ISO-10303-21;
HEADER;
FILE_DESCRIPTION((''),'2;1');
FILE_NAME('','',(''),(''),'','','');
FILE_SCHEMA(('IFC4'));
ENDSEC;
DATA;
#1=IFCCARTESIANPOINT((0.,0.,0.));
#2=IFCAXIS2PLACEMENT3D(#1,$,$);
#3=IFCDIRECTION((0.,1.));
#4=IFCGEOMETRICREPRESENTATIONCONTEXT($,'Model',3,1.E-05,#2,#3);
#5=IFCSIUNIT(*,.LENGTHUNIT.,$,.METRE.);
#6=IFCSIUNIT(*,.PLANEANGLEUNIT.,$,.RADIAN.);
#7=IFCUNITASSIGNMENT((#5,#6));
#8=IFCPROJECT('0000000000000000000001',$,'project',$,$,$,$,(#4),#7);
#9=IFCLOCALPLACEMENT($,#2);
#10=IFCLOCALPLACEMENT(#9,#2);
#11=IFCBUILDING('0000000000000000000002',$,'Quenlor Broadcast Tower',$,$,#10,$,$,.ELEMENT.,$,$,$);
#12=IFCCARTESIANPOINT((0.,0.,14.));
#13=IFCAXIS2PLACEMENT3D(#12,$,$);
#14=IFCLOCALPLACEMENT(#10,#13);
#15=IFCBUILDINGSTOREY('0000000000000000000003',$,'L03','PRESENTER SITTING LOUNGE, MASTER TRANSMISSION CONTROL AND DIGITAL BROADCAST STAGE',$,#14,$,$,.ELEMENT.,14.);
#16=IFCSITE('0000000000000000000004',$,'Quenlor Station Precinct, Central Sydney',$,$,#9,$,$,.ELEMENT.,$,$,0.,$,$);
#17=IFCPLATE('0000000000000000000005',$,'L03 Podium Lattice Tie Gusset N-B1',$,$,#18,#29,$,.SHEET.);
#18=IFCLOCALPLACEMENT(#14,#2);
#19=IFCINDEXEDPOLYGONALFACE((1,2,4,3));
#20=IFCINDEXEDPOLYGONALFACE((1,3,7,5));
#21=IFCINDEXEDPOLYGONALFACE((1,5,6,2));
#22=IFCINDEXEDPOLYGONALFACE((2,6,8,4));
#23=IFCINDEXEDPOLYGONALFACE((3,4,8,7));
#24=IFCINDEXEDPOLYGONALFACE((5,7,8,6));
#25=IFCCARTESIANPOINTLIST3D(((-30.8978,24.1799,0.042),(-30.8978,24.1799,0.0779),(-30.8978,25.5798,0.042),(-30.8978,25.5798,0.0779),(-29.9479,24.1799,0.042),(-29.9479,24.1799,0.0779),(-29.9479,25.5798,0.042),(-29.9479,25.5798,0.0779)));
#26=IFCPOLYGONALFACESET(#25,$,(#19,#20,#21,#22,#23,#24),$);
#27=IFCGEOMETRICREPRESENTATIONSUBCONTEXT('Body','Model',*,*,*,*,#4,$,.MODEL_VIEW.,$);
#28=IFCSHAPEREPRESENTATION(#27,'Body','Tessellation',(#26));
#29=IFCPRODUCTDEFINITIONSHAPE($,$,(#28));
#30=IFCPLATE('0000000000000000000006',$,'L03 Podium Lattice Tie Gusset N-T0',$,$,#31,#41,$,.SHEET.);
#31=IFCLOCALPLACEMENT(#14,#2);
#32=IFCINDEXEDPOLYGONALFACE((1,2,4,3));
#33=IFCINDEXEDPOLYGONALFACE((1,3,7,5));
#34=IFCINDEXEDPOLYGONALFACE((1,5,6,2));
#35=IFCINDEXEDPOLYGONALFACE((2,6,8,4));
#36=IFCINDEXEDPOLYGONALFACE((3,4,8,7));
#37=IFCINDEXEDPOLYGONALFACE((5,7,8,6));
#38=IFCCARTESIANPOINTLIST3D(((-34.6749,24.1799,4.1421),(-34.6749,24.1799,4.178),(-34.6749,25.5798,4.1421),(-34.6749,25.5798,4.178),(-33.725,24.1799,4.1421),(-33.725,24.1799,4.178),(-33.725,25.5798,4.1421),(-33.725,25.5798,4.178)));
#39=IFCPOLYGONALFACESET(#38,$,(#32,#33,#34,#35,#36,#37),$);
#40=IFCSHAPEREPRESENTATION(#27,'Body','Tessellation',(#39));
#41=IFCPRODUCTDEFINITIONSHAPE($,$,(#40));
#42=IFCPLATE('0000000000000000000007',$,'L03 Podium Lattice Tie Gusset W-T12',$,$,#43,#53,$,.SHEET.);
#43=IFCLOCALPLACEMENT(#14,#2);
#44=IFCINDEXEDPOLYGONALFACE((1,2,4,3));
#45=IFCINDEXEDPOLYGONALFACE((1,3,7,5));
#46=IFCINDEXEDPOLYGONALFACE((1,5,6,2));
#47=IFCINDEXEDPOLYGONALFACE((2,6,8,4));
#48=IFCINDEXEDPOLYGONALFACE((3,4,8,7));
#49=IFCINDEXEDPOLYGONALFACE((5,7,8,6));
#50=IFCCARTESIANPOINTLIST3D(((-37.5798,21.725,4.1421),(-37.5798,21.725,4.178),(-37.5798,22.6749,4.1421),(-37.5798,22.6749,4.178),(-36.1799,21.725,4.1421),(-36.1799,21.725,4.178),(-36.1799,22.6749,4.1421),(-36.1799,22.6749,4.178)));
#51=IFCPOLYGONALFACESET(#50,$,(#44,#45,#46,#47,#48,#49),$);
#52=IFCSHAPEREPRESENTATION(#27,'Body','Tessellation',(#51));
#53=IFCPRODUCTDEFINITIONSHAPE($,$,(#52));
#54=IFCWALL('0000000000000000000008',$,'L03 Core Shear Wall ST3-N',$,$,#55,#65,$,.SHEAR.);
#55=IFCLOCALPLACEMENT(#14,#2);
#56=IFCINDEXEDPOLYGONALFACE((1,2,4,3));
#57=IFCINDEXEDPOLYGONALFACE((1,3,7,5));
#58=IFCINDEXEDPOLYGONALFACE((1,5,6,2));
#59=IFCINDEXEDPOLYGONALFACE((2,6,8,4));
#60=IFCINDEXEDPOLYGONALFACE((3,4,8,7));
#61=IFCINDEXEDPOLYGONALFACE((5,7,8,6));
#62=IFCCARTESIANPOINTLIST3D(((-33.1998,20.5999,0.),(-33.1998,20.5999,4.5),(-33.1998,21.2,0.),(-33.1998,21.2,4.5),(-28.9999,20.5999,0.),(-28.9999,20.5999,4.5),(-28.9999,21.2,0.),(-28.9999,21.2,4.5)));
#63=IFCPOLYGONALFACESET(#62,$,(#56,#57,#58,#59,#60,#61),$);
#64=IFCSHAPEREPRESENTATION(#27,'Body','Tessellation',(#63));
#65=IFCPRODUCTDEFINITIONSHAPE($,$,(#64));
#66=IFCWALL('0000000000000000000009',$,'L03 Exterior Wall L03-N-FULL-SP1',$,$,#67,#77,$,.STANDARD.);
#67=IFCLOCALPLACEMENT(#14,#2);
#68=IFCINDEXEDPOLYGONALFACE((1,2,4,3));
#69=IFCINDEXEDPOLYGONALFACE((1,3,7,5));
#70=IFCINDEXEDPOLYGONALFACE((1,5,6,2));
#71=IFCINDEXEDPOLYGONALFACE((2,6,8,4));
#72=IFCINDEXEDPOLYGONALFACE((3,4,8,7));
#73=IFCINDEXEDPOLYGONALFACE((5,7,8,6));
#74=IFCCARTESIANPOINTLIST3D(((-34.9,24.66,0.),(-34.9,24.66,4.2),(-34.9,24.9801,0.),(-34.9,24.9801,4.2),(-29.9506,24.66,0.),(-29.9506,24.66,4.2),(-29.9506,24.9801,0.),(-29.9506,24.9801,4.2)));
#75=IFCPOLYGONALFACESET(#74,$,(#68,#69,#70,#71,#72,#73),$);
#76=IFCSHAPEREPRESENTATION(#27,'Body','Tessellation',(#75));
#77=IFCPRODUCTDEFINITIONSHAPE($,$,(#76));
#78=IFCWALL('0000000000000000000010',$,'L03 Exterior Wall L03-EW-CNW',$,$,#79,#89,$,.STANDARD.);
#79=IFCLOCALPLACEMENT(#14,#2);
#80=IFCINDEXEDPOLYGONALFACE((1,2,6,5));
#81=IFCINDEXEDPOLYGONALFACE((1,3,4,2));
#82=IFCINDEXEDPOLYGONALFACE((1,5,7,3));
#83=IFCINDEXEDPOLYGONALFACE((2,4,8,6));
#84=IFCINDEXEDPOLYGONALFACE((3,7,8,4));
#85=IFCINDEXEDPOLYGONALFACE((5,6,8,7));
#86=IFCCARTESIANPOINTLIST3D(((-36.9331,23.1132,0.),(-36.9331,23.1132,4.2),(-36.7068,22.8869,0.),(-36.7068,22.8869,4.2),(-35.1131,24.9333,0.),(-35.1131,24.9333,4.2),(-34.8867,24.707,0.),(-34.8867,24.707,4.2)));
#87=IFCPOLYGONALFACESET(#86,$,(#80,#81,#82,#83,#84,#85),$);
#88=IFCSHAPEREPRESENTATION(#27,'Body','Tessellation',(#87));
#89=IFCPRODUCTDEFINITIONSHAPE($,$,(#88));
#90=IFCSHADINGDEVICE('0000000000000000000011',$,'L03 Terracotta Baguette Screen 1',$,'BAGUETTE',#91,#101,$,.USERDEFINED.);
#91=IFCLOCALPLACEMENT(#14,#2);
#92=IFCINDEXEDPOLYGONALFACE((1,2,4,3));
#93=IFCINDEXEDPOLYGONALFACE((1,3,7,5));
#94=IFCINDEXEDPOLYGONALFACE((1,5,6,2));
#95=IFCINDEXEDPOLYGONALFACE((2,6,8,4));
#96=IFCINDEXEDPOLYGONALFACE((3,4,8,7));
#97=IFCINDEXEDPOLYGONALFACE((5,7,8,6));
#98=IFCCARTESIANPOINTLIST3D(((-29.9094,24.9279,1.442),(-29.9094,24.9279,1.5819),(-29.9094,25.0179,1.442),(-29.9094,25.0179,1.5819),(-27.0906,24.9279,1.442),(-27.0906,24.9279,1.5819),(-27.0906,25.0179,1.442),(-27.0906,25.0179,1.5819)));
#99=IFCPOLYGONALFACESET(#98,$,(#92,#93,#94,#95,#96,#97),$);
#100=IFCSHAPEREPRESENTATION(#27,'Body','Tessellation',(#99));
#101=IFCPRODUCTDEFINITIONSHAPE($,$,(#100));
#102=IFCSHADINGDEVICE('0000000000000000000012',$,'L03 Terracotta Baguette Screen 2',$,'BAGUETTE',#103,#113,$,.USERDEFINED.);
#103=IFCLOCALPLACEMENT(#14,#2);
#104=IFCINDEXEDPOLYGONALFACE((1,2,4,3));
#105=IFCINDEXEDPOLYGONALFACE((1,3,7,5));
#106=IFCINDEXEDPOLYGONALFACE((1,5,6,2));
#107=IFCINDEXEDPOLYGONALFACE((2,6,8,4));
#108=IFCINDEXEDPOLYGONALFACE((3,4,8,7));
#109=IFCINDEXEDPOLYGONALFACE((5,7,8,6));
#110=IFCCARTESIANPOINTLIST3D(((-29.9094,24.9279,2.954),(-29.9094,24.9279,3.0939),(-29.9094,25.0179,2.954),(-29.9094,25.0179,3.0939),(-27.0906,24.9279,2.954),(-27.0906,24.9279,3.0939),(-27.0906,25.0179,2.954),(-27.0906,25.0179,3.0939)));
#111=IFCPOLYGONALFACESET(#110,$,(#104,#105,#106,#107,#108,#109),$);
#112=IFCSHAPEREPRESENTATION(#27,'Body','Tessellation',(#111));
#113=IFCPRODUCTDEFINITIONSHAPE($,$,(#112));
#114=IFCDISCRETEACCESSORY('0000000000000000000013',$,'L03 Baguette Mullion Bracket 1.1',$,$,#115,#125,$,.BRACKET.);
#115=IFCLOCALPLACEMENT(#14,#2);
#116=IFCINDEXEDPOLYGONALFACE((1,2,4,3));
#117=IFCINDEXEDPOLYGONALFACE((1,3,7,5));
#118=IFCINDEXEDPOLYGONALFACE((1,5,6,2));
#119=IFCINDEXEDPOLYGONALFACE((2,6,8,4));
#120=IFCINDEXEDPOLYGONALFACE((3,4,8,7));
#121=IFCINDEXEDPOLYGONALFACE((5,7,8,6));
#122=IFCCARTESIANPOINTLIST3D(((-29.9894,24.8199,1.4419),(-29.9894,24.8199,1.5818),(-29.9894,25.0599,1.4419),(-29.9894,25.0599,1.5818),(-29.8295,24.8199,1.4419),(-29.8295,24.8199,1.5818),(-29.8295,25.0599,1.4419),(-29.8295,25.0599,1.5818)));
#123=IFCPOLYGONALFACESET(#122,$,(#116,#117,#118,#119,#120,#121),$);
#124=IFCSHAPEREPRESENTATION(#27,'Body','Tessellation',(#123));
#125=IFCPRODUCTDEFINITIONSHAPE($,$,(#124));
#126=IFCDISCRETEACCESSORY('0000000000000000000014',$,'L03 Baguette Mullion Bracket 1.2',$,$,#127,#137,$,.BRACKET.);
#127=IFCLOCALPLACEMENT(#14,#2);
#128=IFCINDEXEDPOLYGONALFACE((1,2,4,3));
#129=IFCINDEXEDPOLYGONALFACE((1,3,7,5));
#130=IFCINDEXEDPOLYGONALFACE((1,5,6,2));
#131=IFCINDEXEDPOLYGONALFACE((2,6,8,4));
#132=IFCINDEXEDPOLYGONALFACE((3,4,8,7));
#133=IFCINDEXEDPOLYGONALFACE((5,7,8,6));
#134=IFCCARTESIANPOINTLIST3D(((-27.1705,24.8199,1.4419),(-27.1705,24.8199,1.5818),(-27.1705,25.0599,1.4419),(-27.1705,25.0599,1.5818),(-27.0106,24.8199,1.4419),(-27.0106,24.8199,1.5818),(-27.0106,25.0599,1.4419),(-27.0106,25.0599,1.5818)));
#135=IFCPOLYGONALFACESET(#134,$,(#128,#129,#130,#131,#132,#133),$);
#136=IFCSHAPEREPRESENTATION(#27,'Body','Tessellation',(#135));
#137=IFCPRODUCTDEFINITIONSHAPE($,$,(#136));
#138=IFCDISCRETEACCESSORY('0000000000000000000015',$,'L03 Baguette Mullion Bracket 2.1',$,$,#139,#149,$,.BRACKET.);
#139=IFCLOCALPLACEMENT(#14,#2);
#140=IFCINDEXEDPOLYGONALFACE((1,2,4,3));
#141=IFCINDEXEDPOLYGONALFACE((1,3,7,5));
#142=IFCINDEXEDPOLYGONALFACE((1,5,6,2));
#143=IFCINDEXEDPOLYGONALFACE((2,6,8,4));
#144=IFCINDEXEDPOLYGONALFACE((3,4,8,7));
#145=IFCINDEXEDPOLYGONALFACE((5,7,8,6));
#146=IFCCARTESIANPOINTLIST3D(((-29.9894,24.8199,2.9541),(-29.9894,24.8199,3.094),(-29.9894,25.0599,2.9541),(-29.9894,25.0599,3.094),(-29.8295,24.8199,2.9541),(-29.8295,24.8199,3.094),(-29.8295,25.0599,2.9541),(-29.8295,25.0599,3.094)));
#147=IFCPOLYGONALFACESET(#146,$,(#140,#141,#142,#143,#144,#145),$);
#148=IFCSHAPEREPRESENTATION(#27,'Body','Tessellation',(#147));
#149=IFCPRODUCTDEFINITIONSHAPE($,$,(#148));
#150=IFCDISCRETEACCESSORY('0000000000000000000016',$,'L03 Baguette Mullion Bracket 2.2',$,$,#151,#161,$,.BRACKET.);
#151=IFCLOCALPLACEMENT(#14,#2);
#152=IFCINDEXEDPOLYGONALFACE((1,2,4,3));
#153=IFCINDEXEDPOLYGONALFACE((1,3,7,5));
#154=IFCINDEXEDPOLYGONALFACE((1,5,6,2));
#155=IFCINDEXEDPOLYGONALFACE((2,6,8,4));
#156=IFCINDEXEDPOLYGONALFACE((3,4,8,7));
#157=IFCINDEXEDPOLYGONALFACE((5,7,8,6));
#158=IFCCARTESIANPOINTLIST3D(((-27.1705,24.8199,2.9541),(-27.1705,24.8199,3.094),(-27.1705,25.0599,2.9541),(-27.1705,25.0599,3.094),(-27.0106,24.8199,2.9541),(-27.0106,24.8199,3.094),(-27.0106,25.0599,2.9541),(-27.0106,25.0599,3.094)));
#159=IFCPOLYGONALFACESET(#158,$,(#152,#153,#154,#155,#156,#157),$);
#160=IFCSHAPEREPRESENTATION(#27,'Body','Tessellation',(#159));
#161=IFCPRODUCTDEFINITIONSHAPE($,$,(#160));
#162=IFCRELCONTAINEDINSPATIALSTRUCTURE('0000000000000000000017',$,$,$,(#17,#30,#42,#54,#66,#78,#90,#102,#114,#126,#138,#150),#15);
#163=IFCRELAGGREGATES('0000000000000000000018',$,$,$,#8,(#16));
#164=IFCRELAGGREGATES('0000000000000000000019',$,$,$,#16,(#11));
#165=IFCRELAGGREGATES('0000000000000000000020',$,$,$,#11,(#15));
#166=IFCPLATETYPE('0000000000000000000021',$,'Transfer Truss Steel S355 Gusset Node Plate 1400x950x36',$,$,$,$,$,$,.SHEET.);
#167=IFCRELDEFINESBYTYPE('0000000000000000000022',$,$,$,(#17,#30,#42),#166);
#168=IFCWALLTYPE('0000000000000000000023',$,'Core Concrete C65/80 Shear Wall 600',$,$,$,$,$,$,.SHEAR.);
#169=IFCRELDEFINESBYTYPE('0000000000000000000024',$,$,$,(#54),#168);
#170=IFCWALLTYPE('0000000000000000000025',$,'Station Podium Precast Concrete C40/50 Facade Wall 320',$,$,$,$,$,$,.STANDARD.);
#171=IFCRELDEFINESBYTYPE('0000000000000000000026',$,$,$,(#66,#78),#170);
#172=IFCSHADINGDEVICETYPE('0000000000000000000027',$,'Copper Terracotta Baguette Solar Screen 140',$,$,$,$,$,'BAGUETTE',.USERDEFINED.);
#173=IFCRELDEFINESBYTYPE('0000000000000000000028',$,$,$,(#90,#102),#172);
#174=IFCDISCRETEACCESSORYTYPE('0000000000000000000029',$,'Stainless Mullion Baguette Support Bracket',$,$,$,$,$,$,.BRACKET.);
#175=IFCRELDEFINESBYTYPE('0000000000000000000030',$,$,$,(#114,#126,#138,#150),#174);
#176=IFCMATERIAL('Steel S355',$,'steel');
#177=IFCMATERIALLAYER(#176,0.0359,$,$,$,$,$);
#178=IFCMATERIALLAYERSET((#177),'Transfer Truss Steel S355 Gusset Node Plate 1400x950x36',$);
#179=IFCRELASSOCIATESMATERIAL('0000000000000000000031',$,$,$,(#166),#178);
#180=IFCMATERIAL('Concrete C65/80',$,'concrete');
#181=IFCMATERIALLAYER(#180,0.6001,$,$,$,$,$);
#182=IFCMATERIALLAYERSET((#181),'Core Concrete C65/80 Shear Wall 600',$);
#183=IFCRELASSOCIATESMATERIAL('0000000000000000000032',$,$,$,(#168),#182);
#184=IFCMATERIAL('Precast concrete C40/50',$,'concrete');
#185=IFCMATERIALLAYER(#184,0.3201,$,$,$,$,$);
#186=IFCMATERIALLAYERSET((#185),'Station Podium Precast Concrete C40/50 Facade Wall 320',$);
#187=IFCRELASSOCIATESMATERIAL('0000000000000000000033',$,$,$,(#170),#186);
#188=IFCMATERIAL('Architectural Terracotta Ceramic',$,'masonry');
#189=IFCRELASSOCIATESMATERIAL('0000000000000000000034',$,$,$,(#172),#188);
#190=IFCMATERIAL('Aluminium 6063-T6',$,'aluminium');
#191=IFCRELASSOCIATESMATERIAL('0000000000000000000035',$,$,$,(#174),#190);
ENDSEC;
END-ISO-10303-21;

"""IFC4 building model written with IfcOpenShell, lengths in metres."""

from ifc_helpers import new_model, si_unit, direction, frame, frame_2d, origin, origin_2d, place, context, subcontext, project, spatial, rectangle, extrude, material, layer, layer_set, material_profile, profile_set, type_object, element, save


model = new_model("IFC4")

# Units and contexts
model_context = context("Model", 3, precision=1e-05, world=origin(), true_north=direction((0.0, 1.0)))
body_context = subcontext(model_context, "Body", "Model", "MODEL_VIEW")
ifc_project = project(units=[si_unit("LENGTHUNIT", "METRE"), si_unit("PLANEANGLEUNIT", "RADIAN")], contexts=[model_context])

# Site, building, storey
site_placement = place(None, origin())
site = spatial("IfcSite", under=ifc_project, at=site_placement, Name="Quenlor Station Precinct, Central Sydney", CompositionType="ELEMENT", RefElevation=0.0)
building_placement = place(site_placement, origin())
building = spatial("IfcBuilding", under=site, at=building_placement, Name="Quenlor Broadcast Tower", CompositionType="ELEMENT")
storey_placement = place(building_placement, frame((0.0, 0.0, 14.0)))
storey = spatial("IfcBuildingStorey", under=building, at=storey_placement, Name="L03", Description="PRESENTER SITTING LOUNGE, MASTER TRANSMISSION CONTROL AND DIGITAL BROADCAST STAGE", CompositionType="ELEMENT", Elevation=14.0)

# Plates
ifc_material_1 = material(Name="Steel S355", Category="steel")
ifc_layer_1 = layer(ifc_material_1, 0.0359)
ifc_layer_set_1 = layer_set([ifc_layer_1], Name="Transfer Truss Steel S355 Gusset Node Plate 1400x950x36")
plate_type_1 = type_object("IfcPlateType", Name="Transfer Truss Steel S355 Gusset Node Plate 1400x950x36", PredefinedType="SHEET", material=ifc_layer_set_1)
for number, where, z_axis, x_axis, name in (
    (1, (-30.4229, 24.8799, 0.042), (0.0, 0.0, 1.0), (0.0, 1.0, 0.0), "L03 Podium Lattice Tie Gusset N-B1"),
    (2, (-34.2, 24.8799, 4.1421), (0.0, 0.0, 1.0), (0.0, 1.0, 0.0), "L03 Podium Lattice Tie Gusset N-T0"),
    (3, (-36.8799, 22.2, 4.1421), (0.0, 0.0, 1.0), (-1.0, 0.0, 0.0), "L03 Podium Lattice Tie Gusset W-T12"),
):
    element("IfcPlate", number, at=place(storey_placement, frame(where, z_axis=z_axis, x_axis=x_axis)), inside=storey, type_object=plate_type_1, Name=name, PredefinedType="SHEET", context=body_context, shape_type="SweptSolid", body=[
        extrude(rectangle(XDim=1.3999, YDim=0.95, at=origin_2d()), origin(), (0.0, 0.0, 1.0), 0.0359),
    ])

# Walls
ifc_material_2 = material(Name="Concrete C65/80", Category="concrete")
ifc_layer_2 = layer(ifc_material_2, 0.6001)
ifc_layer_set_2 = layer_set([ifc_layer_2], Name="Core Concrete C65/80 Shear Wall 600")
wall_type_1 = type_object("IfcWallType", Name="Core Concrete C65/80 Shear Wall 600", PredefinedType="SHEAR", material=ifc_layer_set_2)
wall_1_placement = place(storey_placement, frame((-33.2, 20.8999, 0.0), z_axis=(0.0, 0.0, 1.0), x_axis=(1.0, 0.0, 0.0)))
element("IfcWall", 4, at=wall_1_placement, inside=storey, type_object=wall_type_1, Name="L03 Core Shear Wall ST3-N", PredefinedType="SHEAR", context=body_context, shape_type="SweptSolid", body=[
    extrude(rectangle(XDim=4.2, YDim=0.6001, at=frame_2d((2.1001, 0.0))), origin(), (0.0, 0.0, 1.0), 4.5),
])
ifc_material_3 = material(Name="Precast concrete C40/50", Category="concrete")
ifc_layer_3 = layer(ifc_material_3, 0.3201)
ifc_layer_set_3 = layer_set([ifc_layer_3], Name="Station Podium Precast Concrete C40/50 Facade Wall 320")
wall_type_2 = type_object("IfcWallType", Name="Station Podium Precast Concrete C40/50 Facade Wall 320", PredefinedType="STANDARD", material=ifc_layer_set_3)
wall_2_placement = place(storey_placement, frame((-34.8999, 24.8201, 0.0), z_axis=(0.0, 0.0, 1.0), x_axis=(1.0, 0.0, 0.0)))
element("IfcWall", 5, at=wall_2_placement, inside=storey, type_object=wall_type_2, Name="L03 Exterior Wall L03-N-FULL-SP1", PredefinedType="STANDARD", context=body_context, shape_type="SweptSolid", body=[
    extrude(rectangle(XDim=4.9495, YDim=0.3201, at=frame_2d((2.4746, 0.0))), origin(), (0.0, 0.0, 1.0), 4.2),
])
wall_3_placement = place(storey_placement, frame((-36.8201, 23.0, 0.0), z_axis=(0.0, 0.0, 1.0), x_axis=(0.707107, 0.707107, 0.0)))
element("IfcWall", 6, at=wall_3_placement, inside=storey, type_object=wall_type_2, Name="L03 Exterior Wall L03-EW-CNW", PredefinedType="STANDARD", context=body_context, shape_type="SweptSolid", body=[
    extrude(rectangle(XDim=2.574, YDim=0.3201, at=frame_2d((1.2871, 0.0))), origin(), (0.0, 0.0, 1.0), 4.2),
])

# Shading devices
ifc_material_4 = material(Name="Architectural Terracotta Ceramic", Category="masonry")
ifc_material_profile_1 = material_profile(ifc_material_4, rectangle(XDim=0.0901, YDim=0.1399, at=origin_2d()))
ifc_profile_set_1 = profile_set([ifc_material_profile_1], Name="Architectural Terracotta Ceramic BAG90x140")
shading_device_type = type_object("IfcShadingDeviceType", Name="Copper Terracotta Baguette Solar Screen 140", ElementType="BAGUETTE", PredefinedType="USERDEFINED", material=ifc_profile_set_1)
for number, where, z_axis, x_axis, name in (
    (7, (-29.9094, 24.9729, 1.512), (1.0, 0.0, 0.0), (0.0, 1.0, 0.0), "L03 Terracotta Baguette Screen 1"),
    (8, (-29.9094, 24.9729, 3.0239), (1.0, 0.0, 0.0), (0.0, 1.0, 0.0), "L03 Terracotta Baguette Screen 2"),
):
    element("IfcShadingDevice", number, at=place(storey_placement, frame(where, z_axis=z_axis, x_axis=x_axis)), inside=storey, type_object=shading_device_type, Name=name, ObjectType="BAGUETTE", PredefinedType="USERDEFINED", context=body_context, shape_type="SweptSolid", body=[
        extrude(rectangle(XDim=0.0901, YDim=0.1399, at=origin_2d()), origin(), (0.0, 0.0, 1.0), 2.8188),
    ])

# Discrete accessories
ifc_material_5 = material(Name="Aluminium 6063-T6", Category="aluminium")
discrete_accessory_type = type_object("IfcDiscreteAccessoryType", Name="Stainless Mullion Baguette Support Bracket", PredefinedType="BRACKET", material=ifc_material_5)
for number, where, z_axis, x_axis, name in (
    (9, (-29.9094, 24.9399, 1.4419), (0.0, 0.0, 1.0), (1.0, 0.0, 0.0), "L03 Baguette Mullion Bracket 1.1"),
    (10, (-27.0906, 24.9399, 1.4419), (0.0, 0.0, 1.0), (1.0, 0.0, 0.0), "L03 Baguette Mullion Bracket 1.2"),
    (11, (-29.9094, 24.9399, 2.9541), (0.0, 0.0, 1.0), (1.0, 0.0, 0.0), "L03 Baguette Mullion Bracket 2.1"),
    (12, (-27.0906, 24.9399, 2.9541), (0.0, 0.0, 1.0), (1.0, 0.0, 0.0), "L03 Baguette Mullion Bracket 2.2"),
):
    element("IfcDiscreteAccessory", number, at=place(storey_placement, frame(where, z_axis=z_axis, x_axis=x_axis)), inside=storey, type_object=discrete_accessory_type, Name=name, PredefinedType="BRACKET", context=body_context, shape_type="SweptSolid", body=[
        extrude(rectangle(XDim=0.1599, YDim=0.24, at=origin_2d()), origin(), (0.0, 0.0, 1.0), 0.1399),
    ])

save(model, "model.ifc")
